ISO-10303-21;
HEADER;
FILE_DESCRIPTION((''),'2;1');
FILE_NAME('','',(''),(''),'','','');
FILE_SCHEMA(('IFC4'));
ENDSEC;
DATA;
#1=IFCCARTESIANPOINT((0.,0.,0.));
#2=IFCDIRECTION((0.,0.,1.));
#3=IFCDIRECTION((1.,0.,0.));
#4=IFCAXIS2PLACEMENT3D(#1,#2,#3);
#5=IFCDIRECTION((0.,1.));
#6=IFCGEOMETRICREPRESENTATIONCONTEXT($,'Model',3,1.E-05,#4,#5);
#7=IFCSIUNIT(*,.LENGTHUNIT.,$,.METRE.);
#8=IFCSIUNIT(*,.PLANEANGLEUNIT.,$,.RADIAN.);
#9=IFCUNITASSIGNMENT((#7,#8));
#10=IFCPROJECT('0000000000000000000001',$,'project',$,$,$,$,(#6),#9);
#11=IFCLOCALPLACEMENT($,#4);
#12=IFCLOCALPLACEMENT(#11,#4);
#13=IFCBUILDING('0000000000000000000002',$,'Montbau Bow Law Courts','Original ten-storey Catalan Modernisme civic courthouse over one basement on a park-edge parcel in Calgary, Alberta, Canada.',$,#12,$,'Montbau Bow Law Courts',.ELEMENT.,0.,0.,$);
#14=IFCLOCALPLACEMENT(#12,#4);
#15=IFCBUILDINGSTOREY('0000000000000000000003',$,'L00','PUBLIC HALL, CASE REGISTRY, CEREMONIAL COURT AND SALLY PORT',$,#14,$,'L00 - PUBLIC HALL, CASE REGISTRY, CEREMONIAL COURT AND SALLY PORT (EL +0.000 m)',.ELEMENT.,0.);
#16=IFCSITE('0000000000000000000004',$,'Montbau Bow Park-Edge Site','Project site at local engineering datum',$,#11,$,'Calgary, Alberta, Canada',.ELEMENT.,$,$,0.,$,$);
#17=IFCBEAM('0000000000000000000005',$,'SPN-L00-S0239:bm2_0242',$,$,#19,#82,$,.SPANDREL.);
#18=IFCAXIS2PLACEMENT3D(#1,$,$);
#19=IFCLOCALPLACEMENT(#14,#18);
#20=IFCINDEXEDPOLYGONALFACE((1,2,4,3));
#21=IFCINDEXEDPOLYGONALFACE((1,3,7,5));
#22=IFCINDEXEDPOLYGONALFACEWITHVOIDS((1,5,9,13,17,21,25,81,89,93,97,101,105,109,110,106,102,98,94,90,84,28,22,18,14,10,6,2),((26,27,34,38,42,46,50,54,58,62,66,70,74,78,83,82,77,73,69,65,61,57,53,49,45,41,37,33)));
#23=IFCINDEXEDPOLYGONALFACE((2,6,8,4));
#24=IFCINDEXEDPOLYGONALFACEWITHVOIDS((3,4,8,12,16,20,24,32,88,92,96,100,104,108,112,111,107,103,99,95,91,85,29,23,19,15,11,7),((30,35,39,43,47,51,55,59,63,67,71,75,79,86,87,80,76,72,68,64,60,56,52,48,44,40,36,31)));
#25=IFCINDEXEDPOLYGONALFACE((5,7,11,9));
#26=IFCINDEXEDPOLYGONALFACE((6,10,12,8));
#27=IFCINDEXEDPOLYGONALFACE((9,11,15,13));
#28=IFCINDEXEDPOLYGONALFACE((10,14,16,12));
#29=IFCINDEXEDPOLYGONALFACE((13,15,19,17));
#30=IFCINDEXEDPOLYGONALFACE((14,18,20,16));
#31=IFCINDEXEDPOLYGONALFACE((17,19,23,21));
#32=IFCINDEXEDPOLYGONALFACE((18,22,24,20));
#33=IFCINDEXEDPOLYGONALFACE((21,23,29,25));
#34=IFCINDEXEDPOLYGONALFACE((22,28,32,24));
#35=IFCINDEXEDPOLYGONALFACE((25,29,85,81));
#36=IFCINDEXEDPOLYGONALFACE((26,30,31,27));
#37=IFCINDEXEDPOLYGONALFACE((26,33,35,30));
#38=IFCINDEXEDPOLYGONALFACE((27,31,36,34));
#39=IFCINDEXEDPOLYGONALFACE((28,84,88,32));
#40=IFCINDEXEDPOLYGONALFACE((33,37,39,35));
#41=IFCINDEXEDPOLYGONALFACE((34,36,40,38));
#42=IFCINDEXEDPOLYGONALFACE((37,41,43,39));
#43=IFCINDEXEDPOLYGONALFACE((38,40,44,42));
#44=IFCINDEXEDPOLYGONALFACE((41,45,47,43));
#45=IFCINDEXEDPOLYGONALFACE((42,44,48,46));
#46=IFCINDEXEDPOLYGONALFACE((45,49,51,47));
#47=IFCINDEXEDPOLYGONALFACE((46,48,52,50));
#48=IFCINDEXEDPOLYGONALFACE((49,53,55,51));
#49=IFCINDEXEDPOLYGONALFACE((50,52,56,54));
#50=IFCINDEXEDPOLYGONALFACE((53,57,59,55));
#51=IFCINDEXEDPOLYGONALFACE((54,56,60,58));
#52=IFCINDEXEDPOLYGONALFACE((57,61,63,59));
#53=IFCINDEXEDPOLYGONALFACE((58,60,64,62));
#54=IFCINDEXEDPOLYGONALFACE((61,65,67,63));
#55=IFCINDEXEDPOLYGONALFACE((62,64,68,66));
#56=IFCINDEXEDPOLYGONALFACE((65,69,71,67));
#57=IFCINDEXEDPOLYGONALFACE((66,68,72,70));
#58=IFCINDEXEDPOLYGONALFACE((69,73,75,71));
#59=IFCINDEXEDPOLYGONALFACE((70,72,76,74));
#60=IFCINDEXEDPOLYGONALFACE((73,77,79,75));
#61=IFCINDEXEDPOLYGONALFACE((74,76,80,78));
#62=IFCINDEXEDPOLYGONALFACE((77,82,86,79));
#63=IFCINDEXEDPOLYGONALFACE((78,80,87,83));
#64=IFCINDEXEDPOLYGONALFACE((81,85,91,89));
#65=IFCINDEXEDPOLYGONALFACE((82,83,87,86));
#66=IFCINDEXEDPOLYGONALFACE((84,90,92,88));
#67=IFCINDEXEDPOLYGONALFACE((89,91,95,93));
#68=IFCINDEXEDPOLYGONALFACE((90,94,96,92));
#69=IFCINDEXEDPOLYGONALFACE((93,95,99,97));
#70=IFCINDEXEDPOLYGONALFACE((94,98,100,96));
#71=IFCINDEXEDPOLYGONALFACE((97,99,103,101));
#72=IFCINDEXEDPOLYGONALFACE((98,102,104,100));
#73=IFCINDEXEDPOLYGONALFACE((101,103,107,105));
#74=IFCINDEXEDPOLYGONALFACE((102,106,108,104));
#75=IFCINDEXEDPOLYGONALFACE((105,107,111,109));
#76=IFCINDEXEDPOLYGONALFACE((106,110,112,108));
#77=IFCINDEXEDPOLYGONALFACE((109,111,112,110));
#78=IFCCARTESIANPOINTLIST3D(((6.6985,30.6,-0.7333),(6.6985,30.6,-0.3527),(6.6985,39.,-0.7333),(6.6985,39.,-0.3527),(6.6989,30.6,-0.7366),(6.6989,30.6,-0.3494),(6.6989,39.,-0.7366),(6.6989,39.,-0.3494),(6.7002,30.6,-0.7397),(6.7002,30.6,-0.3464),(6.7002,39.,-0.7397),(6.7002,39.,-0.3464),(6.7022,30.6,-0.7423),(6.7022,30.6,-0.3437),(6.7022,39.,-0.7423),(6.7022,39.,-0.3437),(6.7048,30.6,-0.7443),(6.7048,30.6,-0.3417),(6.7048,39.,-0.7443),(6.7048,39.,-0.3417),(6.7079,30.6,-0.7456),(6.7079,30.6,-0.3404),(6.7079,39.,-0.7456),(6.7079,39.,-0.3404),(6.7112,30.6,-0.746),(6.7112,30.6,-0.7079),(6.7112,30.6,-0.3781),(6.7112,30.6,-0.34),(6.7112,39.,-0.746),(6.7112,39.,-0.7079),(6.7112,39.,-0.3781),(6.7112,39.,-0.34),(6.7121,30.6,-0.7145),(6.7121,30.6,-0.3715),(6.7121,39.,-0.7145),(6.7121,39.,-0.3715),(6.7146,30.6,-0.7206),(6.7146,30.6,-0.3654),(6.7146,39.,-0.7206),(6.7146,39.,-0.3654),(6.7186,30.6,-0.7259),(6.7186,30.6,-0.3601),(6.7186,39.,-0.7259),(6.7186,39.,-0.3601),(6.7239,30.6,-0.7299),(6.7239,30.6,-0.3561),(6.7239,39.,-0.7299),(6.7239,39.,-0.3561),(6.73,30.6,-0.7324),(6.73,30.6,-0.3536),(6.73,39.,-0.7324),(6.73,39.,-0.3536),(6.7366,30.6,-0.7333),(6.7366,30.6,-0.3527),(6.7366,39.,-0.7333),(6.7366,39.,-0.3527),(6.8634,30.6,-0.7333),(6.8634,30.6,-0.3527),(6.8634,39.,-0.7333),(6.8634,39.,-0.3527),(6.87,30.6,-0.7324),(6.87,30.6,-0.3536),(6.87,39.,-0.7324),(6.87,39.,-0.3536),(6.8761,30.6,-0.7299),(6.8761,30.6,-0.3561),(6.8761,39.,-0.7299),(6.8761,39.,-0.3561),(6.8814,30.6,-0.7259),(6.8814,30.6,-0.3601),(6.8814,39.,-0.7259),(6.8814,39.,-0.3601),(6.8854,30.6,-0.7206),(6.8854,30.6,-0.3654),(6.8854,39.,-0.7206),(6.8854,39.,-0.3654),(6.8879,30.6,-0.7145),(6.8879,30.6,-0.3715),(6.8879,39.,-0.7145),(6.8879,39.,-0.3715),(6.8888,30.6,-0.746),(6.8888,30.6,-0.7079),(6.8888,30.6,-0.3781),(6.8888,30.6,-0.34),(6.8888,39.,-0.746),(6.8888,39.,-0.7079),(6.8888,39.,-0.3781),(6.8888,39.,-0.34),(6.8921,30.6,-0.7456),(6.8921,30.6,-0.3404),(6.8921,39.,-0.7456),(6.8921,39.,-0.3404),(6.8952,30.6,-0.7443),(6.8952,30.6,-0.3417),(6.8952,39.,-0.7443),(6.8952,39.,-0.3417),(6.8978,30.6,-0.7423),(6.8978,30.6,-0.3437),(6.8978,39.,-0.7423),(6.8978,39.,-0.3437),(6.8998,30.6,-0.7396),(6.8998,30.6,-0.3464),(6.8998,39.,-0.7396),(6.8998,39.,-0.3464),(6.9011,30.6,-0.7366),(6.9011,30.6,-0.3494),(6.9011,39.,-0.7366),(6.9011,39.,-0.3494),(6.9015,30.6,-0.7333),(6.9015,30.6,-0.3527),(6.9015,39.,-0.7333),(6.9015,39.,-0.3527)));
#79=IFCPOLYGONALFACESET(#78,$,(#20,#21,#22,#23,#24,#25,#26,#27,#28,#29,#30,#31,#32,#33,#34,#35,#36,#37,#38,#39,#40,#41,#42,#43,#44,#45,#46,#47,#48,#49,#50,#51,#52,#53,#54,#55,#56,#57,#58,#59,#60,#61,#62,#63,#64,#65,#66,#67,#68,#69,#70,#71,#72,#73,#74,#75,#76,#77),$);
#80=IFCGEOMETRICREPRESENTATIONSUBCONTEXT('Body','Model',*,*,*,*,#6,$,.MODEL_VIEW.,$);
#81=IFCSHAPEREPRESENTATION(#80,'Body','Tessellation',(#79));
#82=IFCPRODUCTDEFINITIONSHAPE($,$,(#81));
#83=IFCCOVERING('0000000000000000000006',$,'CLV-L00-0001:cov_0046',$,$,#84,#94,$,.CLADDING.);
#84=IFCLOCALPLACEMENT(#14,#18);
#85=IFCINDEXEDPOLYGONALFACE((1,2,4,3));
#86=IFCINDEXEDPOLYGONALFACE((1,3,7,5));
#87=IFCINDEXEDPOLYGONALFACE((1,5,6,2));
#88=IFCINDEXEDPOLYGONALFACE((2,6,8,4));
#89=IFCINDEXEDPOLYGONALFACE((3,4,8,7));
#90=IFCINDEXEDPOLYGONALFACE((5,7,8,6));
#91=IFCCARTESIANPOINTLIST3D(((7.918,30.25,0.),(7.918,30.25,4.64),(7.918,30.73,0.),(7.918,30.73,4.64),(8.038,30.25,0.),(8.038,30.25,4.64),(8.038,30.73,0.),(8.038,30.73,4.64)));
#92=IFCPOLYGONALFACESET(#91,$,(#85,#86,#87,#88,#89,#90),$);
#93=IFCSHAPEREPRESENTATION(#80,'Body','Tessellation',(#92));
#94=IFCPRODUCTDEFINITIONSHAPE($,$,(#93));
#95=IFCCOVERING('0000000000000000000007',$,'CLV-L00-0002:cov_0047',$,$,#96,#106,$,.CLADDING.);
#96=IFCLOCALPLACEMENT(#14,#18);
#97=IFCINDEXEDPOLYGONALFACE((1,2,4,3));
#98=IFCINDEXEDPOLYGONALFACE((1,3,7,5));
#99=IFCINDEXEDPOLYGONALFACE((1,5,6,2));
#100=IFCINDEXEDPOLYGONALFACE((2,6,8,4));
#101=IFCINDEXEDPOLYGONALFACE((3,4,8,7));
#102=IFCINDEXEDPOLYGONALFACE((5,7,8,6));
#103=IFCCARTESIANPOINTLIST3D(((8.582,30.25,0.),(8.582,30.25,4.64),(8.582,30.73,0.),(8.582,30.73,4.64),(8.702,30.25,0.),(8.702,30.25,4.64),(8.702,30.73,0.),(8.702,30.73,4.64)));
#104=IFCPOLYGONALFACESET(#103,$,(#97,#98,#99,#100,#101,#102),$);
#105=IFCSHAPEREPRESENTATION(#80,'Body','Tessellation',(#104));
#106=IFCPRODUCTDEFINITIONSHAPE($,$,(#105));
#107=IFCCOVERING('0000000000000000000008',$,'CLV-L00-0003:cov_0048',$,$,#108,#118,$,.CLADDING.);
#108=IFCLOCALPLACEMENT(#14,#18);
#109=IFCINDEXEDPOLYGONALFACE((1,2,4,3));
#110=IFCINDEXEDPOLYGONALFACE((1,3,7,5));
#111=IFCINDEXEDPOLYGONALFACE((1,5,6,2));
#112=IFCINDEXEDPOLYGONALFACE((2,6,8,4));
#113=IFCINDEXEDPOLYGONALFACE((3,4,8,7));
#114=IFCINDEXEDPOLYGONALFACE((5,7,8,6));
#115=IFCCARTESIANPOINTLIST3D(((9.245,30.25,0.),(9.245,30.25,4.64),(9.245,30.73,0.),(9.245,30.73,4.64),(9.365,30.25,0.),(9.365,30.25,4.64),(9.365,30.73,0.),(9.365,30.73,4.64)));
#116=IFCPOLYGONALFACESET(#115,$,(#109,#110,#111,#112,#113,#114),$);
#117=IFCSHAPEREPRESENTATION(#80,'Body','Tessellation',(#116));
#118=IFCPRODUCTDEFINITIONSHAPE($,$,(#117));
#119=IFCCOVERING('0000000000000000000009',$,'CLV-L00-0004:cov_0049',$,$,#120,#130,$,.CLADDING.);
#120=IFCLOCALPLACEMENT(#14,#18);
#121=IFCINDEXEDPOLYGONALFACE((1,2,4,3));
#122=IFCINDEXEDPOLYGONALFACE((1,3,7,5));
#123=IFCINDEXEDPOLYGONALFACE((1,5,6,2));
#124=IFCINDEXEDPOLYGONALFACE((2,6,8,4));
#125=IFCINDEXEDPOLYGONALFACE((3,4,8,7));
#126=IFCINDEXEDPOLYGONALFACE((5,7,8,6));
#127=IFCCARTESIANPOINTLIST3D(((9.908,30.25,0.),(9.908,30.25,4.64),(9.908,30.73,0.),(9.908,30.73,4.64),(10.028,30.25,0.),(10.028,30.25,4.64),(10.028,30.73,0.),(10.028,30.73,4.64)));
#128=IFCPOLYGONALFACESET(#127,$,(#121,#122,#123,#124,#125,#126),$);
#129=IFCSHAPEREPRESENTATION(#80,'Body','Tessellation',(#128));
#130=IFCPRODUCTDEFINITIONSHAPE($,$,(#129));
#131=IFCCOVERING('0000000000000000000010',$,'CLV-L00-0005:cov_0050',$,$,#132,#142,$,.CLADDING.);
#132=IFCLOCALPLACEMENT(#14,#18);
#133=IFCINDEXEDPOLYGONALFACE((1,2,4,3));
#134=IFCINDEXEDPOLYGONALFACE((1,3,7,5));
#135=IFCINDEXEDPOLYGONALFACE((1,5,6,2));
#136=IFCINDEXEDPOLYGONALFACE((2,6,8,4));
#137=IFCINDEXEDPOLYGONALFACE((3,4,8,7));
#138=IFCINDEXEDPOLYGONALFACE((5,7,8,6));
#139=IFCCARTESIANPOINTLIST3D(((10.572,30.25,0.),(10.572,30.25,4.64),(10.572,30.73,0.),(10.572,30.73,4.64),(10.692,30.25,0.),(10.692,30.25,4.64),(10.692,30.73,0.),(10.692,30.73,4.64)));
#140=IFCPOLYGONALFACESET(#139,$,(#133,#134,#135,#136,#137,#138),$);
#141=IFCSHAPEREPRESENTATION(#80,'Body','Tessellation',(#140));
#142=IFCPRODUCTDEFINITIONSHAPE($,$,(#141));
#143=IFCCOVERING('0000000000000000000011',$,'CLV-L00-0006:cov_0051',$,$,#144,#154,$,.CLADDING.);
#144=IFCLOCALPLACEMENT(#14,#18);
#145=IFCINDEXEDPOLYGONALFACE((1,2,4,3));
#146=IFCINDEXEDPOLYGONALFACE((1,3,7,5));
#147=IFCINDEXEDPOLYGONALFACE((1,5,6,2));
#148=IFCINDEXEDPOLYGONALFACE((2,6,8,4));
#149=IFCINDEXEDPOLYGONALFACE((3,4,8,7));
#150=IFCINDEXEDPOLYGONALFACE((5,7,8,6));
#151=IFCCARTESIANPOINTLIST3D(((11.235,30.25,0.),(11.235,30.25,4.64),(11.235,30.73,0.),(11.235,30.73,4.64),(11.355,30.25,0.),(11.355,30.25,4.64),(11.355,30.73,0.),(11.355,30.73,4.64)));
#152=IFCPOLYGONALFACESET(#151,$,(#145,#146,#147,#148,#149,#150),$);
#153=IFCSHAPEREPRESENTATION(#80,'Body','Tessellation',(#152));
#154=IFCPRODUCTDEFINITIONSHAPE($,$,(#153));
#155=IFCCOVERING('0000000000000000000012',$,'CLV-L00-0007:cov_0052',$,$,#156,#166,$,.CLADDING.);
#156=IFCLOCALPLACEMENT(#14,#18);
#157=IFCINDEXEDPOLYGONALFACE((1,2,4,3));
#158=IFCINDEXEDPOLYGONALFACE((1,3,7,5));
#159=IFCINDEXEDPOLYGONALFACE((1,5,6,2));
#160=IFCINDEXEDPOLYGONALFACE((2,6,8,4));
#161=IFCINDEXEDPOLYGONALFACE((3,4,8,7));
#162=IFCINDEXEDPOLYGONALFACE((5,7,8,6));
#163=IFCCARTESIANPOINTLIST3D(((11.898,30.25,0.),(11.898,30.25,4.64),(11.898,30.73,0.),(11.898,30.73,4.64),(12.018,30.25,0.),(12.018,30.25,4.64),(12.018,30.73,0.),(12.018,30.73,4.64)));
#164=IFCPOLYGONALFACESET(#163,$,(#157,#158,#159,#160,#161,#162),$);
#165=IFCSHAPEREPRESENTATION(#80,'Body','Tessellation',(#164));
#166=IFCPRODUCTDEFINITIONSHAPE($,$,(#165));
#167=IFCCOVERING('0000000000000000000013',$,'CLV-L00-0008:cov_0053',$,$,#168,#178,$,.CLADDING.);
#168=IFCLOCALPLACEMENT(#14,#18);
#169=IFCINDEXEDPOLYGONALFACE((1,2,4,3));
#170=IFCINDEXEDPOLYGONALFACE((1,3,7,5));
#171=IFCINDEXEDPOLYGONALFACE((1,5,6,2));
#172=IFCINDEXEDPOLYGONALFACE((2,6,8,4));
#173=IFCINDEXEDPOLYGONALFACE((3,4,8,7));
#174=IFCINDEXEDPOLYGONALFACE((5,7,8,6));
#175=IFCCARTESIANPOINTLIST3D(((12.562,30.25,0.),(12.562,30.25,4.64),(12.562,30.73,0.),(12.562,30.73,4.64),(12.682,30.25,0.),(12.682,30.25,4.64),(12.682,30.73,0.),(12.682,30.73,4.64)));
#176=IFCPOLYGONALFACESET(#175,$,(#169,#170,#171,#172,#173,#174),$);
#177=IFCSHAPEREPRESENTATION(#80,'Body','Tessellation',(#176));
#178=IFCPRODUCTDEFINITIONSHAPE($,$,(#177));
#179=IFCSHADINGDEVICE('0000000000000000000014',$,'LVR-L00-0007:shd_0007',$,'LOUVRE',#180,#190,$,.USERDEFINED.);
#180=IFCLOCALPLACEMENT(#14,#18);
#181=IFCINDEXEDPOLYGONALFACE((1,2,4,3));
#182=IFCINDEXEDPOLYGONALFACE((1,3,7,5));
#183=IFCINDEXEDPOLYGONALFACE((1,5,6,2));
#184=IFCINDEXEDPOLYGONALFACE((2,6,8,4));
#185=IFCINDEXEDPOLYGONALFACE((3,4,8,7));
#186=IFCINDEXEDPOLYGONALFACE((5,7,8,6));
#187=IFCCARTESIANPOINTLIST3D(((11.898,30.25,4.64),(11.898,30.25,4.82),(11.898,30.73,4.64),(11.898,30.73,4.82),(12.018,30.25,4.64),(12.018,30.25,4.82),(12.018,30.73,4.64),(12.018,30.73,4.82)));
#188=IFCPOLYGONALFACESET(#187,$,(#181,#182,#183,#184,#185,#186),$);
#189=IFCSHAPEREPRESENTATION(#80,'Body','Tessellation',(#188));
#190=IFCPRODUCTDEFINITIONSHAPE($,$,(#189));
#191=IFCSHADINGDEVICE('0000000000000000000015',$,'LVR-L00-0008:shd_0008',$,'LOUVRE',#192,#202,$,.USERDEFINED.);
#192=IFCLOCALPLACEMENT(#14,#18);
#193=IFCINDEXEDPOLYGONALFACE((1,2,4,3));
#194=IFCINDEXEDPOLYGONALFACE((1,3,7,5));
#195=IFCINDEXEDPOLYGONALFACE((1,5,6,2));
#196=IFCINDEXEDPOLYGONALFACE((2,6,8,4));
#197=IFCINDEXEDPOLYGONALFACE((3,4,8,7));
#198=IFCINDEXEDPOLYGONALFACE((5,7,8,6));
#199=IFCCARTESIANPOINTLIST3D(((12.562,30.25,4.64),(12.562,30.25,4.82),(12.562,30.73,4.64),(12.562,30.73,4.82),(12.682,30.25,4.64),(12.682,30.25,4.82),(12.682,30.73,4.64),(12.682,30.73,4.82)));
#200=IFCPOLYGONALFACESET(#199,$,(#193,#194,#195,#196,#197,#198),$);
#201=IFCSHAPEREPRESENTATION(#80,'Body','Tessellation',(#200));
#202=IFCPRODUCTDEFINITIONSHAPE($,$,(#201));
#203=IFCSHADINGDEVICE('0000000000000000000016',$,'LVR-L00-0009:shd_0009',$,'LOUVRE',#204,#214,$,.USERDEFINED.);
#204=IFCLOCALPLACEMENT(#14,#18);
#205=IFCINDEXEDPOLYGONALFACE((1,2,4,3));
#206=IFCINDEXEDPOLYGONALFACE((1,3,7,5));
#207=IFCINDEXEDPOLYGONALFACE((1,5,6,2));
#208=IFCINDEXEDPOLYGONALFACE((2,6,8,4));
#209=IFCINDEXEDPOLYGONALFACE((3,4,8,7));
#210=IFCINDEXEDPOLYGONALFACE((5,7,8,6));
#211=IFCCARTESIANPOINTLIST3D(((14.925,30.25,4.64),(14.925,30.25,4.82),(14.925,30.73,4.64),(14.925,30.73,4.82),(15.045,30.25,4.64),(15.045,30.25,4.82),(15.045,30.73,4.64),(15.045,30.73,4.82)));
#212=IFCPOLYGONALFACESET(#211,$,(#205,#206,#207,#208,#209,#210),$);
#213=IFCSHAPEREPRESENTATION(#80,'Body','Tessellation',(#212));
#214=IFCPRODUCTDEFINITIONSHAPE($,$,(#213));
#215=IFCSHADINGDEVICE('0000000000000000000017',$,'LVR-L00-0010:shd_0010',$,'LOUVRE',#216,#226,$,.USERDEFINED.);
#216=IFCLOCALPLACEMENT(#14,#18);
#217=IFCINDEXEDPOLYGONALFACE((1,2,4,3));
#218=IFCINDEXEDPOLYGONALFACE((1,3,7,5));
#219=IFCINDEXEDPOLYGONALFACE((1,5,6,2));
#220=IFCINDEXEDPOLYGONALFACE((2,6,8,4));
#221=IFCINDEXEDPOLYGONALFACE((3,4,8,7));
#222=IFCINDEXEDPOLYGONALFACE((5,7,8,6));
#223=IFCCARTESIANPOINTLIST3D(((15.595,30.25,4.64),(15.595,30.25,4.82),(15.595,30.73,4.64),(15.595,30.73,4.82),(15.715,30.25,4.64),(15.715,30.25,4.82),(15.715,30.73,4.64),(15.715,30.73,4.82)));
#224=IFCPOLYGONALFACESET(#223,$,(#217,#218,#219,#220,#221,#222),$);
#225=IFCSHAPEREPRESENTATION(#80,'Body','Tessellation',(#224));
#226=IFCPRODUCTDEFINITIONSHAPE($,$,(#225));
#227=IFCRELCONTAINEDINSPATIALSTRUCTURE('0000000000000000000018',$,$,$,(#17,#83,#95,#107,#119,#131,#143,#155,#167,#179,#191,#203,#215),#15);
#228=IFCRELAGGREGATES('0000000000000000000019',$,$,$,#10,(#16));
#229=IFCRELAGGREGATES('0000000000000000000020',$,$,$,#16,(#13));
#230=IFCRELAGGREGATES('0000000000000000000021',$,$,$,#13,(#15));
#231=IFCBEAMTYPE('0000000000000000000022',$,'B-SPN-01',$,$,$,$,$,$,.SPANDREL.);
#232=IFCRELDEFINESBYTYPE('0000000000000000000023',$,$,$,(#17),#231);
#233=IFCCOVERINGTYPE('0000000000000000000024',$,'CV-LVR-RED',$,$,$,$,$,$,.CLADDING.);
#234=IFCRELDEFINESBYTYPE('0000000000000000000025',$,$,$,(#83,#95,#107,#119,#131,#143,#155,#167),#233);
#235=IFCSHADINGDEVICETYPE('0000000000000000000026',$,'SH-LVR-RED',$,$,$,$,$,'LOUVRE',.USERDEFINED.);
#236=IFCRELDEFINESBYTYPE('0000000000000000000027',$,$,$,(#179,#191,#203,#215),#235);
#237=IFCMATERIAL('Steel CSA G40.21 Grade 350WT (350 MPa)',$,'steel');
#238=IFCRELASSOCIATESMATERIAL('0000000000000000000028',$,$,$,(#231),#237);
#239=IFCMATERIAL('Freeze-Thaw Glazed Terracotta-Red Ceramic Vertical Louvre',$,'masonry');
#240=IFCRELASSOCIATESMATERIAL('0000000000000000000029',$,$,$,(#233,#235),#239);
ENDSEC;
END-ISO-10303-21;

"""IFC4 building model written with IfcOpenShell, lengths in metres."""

from ifc_helpers import new_model, si_unit, direction, frame, frame_2d, origin_with_axes, origin_2d_with_axis, place, context, subcontext, project, spatial, rectangle, hollow_rectangle, extrude, material, material_profile, profile_set, type_object, element, save


model = new_model("IFC4")

# Units and contexts
model_context = context("Model", 3, precision=1e-05, world=origin_with_axes(), true_north=direction((0.0, 1.0)))
body_context = subcontext(model_context, "Body", "Model", "MODEL_VIEW")
ifc_project = project(units=[si_unit("LENGTHUNIT", "METRE"), si_unit("PLANEANGLEUNIT", "RADIAN")], contexts=[model_context])

# Site, building, storey
site_placement = place(None, origin_with_axes())
site = spatial("IfcSite", under=ifc_project, at=site_placement, Name="Montbau Bow Park-Edge Site", Description="Project site at local engineering datum", LongName="Calgary, Alberta, Canada", CompositionType="ELEMENT", RefElevation=0.0)
building_placement = place(site_placement, origin_with_axes())
building = spatial("IfcBuilding", under=site, at=building_placement, Name="Montbau Bow Law Courts", Description="Original ten-storey Catalan Modernisme civic courthouse over one basement on a park-edge parcel in Calgary, Alberta, Canada.", LongName="Montbau Bow Law Courts", CompositionType="ELEMENT", ElevationOfRefHeight=0.0, ElevationOfTerrain=0.0)
storey_placement = place(building_placement, origin_with_axes())
storey = spatial("IfcBuildingStorey", under=building, at=storey_placement, Name="L00", Description="PUBLIC HALL, CASE REGISTRY, CEREMONIAL COURT AND SALLY PORT", LongName="L00 - PUBLIC HALL, CASE REGISTRY, CEREMONIAL COURT AND SALLY PORT (EL +0.000 m)", CompositionType="ELEMENT", Elevation=0.0)

# Beam
ifc_material_1 = material(Name="Steel CSA G40.21 Grade 350WT (350 MPa)", Category="steel")
ifc_material_profile_1 = material_profile(ifc_material_1, hollow_rectangle(XDim=0.203, YDim=0.406, WallThickness=0.0127, InnerFilletRadius=0.0254, OuterFilletRadius=0.0127, at=origin_2d_with_axis()), Name="HSS406X203X13", Category="Main", Priority=0)
ifc_profile_set_1 = profile_set([ifc_material_profile_1], Name="Steel CSA G40.21 Grade 350WT (350 MPa)")
beam_type_1 = type_object("IfcBeamType", Name="B-SPN-01", PredefinedType="SPANDREL", material=ifc_profile_set_1)
beam_1_placement = place(None, frame((6.8, 30.6, -0.543), z_axis=(0.0, 1.0, 0.0), x_axis=(-1.0, 0.0, 0.0)))
element("IfcBeam", 1, at=beam_1_placement, inside=storey, type_object=beam_type_1, Name="SPN-L00-S0239:bm2_0242", PredefinedType="SPANDREL", context=body_context, shape_type="SweptSolid", body=[
    extrude(hollow_rectangle(XDim=0.203, YDim=0.406, WallThickness=0.0127, InnerFilletRadius=0.0254, OuterFilletRadius=0.0127, at=origin_2d_with_axis()), origin_with_axes(), (0.0, 0.0, 1.0), 8.4),
])

# Coverings
ifc_material_2 = material(Name="Freeze-Thaw Glazed Terracotta-Red Ceramic Vertical Louvre", Category="masonry")
covering_type = type_object("IfcCoveringType", Name="CV-LVR-RED", PredefinedType="CLADDING", material=ifc_material_2)
for number, where, z_axis, x_axis, name in (
    (2, (7.978, 30.73, 0.0), (-1.0, 0.0, 0.0), (0.0, -1.0, 0.0), "CLV-L00-0001:cov_0046"),
    (3, (8.642, 30.73, 0.0), (-1.0, 0.0, 0.0), (0.0, -1.0, 0.0), "CLV-L00-0002:cov_0047"),
    (4, (9.305, 30.73, 0.0), (-1.0, 0.0, 0.0), (0.0, -1.0, 0.0), "CLV-L00-0003:cov_0048"),
    (5, (9.968, 30.73, 0.0), (-1.0, 0.0, 0.0), (0.0, -1.0, 0.0), "CLV-L00-0004:cov_0049"),
    (6, (10.632, 30.73, 0.0), (-1.0, 0.0, 0.0), (0.0, -1.0, 0.0), "CLV-L00-0005:cov_0050"),
    (7, (11.295, 30.73, 0.0), (-1.0, 0.0, 0.0), (0.0, -1.0, 0.0), "CLV-L00-0006:cov_0051"),
    (8, (11.958, 30.73, 0.0), (-1.0, 0.0, 0.0), (0.0, -1.0, 0.0), "CLV-L00-0007:cov_0052"),
    (9, (12.622, 30.73, 0.0), (-1.0, 0.0, 0.0), (0.0, -1.0, 0.0), "CLV-L00-0008:cov_0053"),
):
    element("IfcCovering", number, at=place(None, frame(where, z_axis=z_axis, x_axis=x_axis)), inside=storey, type_object=covering_type, Name=name, PredefinedType="CLADDING", context=body_context, shape_type="SweptSolid", body=[
        extrude(rectangle(XDim=0.48, YDim=4.64, at=frame_2d((0.24, 2.32), x_axis=(1.0, 0.0))), frame((0.0, 0.0, -0.06), z_axis=(0.0, 0.0, 1.0), x_axis=(1.0, 0.0, 0.0)), (0.0, 0.0, 1.0), 0.12),
    ])

# Shading devices
shading_device_type = type_object("IfcShadingDeviceType", Name="SH-LVR-RED", ElementType="LOUVRE", PredefinedType="USERDEFINED", material=ifc_material_2)
for number, where, z_axis, x_axis, name in (
    (10, (11.958, 30.49, 4.64), (0.0, 0.0, 1.0), (0.0, -1.0, 0.0), "LVR-L00-0007:shd_0007"),
    (11, (12.622, 30.49, 4.64), (0.0, 0.0, 1.0), (0.0, -1.0, 0.0), "LVR-L00-0008:shd_0008"),
    (12, (14.985, 30.49, 4.64), (0.0, 0.0, 1.0), (0.0, -1.0, 0.0), "LVR-L00-0009:shd_0009"),
    (13, (15.655, 30.49, 4.64), (0.0, 0.0, 1.0), (0.0, -1.0, 0.0), "LVR-L00-0010:shd_0010"),
):
    element("IfcShadingDevice", number, at=place(None, frame(where, z_axis=z_axis, x_axis=x_axis)), inside=storey, type_object=shading_device_type, Name=name, ObjectType="LOUVRE", PredefinedType="USERDEFINED", context=body_context, shape_type="SweptSolid", body=[
        extrude(rectangle(XDim=0.48, YDim=0.12, at=origin_2d_with_axis()), origin_with_axes(), (0.0, 0.0, 1.0), 0.18),
    ])

save(model, "model.ifc")
